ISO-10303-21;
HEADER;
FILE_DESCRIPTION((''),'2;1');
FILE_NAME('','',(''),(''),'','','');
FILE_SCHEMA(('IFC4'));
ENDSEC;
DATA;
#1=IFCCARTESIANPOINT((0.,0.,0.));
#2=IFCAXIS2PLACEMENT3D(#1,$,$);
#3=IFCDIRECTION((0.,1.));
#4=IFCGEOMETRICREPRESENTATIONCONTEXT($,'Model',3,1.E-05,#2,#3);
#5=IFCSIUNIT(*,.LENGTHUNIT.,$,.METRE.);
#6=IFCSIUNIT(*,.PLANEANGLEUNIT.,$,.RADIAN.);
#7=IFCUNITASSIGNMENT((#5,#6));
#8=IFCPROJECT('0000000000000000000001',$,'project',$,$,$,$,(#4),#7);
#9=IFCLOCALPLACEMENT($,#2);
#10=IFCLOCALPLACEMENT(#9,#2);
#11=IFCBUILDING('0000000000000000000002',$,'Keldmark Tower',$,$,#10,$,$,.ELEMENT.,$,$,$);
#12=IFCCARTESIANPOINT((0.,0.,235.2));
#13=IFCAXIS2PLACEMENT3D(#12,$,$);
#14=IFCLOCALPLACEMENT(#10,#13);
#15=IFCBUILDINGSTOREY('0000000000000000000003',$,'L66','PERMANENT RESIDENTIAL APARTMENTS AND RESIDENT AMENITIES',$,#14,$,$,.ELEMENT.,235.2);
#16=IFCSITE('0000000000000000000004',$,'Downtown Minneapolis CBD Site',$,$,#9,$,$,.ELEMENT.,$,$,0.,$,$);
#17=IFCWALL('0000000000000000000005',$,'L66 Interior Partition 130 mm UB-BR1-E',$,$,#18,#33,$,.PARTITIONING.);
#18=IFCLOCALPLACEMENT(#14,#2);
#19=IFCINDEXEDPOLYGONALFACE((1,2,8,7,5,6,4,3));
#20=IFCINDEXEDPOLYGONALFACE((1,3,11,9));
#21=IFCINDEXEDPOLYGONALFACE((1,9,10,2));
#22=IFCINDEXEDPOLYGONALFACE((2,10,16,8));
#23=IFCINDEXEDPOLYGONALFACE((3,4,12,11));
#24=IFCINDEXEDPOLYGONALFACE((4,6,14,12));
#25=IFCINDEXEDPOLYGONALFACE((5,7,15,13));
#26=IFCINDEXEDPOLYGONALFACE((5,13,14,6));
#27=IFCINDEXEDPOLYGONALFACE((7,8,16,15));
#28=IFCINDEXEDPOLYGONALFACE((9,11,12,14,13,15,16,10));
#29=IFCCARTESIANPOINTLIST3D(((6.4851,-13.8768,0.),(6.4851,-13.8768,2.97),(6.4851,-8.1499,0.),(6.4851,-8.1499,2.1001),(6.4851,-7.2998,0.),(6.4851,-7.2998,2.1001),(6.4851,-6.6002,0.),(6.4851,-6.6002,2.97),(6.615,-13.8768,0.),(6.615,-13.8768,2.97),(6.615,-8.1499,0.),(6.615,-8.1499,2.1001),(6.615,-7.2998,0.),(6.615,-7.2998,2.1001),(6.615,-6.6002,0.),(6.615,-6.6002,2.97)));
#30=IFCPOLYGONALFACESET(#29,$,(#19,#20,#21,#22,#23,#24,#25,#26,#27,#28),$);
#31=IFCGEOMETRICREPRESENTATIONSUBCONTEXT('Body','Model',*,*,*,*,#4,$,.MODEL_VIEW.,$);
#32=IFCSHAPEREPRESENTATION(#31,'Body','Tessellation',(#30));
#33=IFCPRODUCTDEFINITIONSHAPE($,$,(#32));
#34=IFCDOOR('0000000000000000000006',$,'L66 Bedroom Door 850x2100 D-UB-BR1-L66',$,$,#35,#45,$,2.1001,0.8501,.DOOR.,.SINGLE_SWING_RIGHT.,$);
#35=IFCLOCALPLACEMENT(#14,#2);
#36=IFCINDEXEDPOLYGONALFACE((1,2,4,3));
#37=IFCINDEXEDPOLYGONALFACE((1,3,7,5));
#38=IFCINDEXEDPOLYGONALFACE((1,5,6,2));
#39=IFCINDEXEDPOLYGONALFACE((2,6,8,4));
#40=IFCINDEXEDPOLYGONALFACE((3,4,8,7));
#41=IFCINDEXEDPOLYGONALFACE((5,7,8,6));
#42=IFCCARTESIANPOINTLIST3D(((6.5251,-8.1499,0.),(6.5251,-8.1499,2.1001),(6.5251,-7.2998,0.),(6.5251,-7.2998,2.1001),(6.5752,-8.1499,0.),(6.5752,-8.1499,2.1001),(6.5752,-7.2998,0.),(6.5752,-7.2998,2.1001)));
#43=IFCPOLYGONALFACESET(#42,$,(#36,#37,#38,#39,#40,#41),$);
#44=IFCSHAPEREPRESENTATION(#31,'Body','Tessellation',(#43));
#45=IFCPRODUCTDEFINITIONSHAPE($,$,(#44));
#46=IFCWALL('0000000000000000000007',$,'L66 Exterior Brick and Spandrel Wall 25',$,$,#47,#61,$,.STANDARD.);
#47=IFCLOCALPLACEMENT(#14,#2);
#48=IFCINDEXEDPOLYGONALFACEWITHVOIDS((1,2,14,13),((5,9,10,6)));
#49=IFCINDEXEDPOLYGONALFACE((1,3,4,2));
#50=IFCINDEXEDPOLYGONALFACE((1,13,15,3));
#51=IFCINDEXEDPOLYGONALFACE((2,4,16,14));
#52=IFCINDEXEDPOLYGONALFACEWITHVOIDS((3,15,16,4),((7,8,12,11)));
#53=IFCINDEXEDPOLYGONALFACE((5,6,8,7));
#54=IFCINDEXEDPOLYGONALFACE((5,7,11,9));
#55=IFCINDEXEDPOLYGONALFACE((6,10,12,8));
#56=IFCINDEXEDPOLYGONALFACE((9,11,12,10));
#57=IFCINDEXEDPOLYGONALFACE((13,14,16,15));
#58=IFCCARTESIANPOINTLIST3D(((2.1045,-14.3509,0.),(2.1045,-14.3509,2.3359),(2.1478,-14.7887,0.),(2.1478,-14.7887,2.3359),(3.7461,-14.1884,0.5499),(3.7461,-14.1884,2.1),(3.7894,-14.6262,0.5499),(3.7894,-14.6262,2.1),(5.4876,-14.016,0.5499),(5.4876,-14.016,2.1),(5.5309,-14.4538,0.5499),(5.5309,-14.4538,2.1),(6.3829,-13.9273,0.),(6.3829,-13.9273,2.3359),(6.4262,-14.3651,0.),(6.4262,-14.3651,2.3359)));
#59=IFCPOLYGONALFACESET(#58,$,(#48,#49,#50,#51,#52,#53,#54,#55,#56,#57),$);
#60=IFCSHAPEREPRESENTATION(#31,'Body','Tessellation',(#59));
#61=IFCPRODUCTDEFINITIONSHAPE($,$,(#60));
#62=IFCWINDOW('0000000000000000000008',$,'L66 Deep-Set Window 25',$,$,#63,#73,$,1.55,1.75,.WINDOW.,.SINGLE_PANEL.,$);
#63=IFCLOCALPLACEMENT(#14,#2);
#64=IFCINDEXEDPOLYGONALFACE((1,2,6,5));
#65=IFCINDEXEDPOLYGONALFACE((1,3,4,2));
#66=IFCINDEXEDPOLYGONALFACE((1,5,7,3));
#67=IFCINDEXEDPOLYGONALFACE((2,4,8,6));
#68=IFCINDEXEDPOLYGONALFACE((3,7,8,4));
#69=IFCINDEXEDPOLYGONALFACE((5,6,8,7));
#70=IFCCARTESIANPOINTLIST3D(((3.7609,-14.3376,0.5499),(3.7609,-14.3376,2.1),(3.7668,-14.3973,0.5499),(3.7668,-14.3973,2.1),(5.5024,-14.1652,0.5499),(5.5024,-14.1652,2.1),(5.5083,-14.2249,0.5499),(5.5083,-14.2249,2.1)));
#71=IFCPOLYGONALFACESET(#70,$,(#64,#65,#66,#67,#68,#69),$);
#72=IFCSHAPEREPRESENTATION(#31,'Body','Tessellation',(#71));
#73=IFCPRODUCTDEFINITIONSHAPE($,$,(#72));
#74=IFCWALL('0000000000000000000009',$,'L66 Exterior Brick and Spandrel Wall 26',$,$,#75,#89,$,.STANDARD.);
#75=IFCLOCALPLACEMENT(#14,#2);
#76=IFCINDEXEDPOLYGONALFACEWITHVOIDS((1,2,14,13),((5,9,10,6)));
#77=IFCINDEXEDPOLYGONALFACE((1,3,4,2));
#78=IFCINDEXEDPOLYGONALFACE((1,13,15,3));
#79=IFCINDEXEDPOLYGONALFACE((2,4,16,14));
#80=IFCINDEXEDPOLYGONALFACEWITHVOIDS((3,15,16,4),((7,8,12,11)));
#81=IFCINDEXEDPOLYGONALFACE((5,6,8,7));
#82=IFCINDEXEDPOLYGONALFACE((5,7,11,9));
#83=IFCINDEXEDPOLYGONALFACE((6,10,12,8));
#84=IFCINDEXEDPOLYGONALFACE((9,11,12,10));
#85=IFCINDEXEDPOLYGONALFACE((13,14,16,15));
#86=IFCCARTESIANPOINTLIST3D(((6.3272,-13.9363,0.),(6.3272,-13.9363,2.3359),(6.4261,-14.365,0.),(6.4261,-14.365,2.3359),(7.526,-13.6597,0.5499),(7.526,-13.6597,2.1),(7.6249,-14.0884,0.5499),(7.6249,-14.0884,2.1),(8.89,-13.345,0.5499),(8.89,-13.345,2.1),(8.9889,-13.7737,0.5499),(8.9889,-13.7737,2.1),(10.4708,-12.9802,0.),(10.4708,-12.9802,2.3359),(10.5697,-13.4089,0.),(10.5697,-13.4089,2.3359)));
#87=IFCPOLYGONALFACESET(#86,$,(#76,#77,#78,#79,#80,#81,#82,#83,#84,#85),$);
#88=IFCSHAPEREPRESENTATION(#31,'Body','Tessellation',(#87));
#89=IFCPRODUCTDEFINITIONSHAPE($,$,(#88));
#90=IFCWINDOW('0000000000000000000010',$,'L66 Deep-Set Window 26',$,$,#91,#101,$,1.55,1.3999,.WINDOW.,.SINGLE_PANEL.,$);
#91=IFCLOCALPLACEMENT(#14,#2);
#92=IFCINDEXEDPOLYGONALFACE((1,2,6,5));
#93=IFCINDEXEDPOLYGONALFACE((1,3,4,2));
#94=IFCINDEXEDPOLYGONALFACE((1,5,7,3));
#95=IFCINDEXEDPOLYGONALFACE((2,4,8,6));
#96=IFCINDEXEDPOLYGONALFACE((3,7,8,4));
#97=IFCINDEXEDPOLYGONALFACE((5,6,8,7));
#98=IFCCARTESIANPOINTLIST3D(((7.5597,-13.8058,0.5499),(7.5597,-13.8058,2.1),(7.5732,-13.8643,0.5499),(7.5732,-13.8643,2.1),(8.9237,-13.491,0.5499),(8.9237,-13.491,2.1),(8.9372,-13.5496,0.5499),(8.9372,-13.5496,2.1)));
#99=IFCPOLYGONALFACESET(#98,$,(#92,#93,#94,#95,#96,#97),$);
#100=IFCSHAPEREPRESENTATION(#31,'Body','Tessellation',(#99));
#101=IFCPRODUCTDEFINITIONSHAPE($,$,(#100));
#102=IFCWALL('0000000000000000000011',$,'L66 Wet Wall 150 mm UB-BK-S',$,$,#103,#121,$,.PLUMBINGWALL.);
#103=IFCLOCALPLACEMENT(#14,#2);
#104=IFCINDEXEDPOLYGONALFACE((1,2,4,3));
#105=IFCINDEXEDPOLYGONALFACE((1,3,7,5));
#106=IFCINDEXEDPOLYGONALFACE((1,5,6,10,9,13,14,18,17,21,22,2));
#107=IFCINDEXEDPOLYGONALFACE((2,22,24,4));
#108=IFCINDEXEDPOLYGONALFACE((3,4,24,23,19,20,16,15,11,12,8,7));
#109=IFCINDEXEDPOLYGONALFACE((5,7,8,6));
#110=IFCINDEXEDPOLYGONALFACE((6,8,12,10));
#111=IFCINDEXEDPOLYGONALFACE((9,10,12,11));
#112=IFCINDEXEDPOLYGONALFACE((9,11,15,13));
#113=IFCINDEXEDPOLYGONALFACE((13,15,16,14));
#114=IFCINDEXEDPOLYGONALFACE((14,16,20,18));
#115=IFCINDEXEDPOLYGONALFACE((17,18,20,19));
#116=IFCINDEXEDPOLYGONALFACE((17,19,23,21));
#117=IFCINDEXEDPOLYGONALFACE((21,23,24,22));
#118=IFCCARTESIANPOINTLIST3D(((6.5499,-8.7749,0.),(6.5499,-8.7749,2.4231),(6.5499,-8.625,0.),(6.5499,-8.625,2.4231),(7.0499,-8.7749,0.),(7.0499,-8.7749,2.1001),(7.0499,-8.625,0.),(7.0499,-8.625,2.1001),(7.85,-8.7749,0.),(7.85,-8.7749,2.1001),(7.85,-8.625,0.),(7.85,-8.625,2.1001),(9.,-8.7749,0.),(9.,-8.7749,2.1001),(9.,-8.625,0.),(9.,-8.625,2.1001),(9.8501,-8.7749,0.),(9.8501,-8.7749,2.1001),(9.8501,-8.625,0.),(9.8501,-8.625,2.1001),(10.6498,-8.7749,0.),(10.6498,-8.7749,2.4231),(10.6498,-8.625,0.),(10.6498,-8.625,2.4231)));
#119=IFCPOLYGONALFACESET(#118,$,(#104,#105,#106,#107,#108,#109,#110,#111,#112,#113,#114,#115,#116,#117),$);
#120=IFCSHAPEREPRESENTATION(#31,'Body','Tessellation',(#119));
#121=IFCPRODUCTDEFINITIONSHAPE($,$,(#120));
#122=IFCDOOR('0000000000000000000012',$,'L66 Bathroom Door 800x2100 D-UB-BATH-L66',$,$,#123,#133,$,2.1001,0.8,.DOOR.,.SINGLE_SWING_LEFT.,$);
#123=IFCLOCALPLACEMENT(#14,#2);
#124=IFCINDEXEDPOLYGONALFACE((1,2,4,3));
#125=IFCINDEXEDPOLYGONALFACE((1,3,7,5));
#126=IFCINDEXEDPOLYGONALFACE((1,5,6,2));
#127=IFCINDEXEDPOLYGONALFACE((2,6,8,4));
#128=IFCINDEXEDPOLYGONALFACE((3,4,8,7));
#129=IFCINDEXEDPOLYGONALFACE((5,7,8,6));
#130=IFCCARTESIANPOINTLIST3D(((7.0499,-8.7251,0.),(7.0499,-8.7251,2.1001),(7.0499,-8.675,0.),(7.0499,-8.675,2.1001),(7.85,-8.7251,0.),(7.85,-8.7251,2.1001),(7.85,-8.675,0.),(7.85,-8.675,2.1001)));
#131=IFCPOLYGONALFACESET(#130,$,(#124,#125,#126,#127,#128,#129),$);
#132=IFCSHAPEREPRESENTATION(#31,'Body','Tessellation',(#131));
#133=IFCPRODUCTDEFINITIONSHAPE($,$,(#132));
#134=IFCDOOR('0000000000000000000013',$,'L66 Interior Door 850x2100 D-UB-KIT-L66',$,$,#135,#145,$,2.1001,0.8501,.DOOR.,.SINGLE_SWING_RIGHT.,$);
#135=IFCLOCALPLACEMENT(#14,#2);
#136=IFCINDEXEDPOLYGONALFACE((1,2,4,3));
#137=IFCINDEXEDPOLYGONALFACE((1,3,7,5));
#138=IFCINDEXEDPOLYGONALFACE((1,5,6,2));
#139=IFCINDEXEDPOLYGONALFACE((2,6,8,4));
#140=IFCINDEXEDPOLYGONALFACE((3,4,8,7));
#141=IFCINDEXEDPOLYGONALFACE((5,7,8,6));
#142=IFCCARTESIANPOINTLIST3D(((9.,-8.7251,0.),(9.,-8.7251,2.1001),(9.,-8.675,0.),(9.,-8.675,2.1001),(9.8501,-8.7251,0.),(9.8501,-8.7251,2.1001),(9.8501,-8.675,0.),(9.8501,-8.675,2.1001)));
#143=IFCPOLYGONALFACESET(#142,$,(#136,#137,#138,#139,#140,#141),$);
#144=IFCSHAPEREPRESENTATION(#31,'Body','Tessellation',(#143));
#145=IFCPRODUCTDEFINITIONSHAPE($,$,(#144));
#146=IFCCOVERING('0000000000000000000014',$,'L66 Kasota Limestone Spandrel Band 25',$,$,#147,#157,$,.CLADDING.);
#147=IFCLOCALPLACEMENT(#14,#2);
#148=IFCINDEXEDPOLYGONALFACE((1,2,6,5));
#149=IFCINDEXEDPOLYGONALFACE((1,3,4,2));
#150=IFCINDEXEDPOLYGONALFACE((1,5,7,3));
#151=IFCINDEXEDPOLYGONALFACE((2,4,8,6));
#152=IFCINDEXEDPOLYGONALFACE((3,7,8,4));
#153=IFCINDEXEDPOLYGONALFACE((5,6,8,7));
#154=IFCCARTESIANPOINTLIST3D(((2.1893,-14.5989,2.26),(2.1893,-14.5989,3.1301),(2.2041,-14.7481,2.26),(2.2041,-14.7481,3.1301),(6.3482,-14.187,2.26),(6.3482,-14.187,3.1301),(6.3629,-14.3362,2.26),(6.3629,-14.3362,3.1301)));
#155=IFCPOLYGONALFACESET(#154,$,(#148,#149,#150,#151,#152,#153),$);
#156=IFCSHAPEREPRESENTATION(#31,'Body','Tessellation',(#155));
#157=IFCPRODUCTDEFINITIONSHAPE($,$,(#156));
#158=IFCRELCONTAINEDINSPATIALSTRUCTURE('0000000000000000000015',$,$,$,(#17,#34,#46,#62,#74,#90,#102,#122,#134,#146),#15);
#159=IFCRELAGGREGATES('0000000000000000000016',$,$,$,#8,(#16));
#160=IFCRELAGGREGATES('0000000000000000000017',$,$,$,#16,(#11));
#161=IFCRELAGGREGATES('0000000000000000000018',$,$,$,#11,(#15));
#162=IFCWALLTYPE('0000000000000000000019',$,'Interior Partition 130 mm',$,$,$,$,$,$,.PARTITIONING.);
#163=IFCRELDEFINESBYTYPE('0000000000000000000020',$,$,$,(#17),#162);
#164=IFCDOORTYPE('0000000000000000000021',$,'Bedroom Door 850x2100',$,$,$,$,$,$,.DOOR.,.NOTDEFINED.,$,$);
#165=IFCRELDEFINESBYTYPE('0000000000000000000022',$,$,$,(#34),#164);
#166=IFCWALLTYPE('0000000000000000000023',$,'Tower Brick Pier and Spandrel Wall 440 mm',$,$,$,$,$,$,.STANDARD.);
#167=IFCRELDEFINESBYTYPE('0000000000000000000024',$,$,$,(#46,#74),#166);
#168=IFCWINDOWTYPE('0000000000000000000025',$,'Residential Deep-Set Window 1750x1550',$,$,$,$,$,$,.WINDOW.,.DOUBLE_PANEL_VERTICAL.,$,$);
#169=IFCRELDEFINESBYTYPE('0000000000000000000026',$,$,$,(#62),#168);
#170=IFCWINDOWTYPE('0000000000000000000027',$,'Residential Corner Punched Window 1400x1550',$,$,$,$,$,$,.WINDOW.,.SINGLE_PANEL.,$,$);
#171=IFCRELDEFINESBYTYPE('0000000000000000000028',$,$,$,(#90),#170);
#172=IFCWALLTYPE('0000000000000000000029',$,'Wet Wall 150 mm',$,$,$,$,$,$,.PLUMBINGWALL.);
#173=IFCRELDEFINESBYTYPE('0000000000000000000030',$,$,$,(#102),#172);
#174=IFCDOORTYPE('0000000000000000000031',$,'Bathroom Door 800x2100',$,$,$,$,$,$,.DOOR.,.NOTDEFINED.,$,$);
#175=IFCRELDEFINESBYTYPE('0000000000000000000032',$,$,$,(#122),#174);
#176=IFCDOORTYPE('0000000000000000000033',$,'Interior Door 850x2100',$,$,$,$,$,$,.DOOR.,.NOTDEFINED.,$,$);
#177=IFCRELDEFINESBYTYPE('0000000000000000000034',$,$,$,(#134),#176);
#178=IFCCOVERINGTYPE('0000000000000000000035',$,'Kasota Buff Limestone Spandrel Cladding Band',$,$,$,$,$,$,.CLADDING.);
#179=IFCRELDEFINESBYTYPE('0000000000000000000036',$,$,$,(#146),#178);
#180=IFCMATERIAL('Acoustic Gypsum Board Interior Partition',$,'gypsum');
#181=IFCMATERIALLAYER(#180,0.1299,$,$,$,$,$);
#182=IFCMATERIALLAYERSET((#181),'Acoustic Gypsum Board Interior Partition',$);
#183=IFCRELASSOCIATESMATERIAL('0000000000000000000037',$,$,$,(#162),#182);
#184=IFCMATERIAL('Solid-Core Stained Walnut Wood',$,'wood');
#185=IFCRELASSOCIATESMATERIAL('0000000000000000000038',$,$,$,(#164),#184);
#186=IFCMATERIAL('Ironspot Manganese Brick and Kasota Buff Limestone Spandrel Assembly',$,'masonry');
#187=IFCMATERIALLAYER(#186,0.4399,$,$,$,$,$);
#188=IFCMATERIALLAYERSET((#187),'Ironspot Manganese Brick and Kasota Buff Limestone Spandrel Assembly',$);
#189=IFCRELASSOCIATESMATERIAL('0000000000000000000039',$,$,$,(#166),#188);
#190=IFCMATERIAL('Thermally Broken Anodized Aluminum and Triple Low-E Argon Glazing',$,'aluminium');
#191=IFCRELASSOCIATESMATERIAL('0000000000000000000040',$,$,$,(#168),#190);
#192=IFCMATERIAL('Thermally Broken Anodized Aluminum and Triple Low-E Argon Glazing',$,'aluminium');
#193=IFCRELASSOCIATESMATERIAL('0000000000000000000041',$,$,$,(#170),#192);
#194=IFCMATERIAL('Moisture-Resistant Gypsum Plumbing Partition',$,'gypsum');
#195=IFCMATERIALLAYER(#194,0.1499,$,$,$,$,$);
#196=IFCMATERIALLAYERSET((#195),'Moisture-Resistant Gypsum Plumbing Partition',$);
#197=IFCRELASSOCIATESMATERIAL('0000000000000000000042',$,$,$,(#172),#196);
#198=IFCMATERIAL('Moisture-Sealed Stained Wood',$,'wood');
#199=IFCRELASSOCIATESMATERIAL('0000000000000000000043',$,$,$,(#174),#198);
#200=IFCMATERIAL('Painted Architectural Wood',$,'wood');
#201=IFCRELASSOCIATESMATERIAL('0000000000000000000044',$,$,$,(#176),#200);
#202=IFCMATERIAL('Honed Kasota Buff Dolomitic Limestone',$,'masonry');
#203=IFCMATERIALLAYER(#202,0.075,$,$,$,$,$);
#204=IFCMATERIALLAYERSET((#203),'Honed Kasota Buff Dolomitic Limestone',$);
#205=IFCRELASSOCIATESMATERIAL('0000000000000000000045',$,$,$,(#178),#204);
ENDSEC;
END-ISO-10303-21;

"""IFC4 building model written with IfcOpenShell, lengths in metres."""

from ifc_helpers import new_model, si_unit, direction, frame, frame_2d, origin, origin_2d, place, context, subcontext, project, spatial, rectangle, extrude, material, layer, layer_set, type_object, element, fill, save


model = new_model("IFC4")

# Units and contexts
model_context = context("Model", 3, precision=1e-05, world=origin(), true_north=direction((0.0, 1.0)))
body_context = subcontext(model_context, "Body", "Model", "MODEL_VIEW")
ifc_project = project(units=[si_unit("LENGTHUNIT", "METRE"), si_unit("PLANEANGLEUNIT", "RADIAN")], contexts=[model_context])

# Site, building, storey
site_placement = place(None, origin())
site = spatial("IfcSite", under=ifc_project, at=site_placement, Name="Downtown Minneapolis CBD Site", CompositionType="ELEMENT", RefElevation=0.0)
building_placement = place(site_placement, origin())
building = spatial("IfcBuilding", under=site, at=building_placement, Name="Keldmark Tower", CompositionType="ELEMENT")
storey_placement = place(building_placement, frame((0.0, 0.0, 235.2)))
storey = spatial("IfcBuildingStorey", under=building, at=storey_placement, Name="L66", Description="PERMANENT RESIDENTIAL APARTMENTS AND RESIDENT AMENITIES", CompositionType="ELEMENT", Elevation=235.2)

# Wall, opening, door
ifc_material_1 = material(Name="Acoustic Gypsum Board Interior Partition", Category="gypsum")
ifc_layer_1 = layer(ifc_material_1, 0.1299)
ifc_layer_set_1 = layer_set([ifc_layer_1], Name="Acoustic Gypsum Board Interior Partition")
wall_type_1 = type_object("IfcWallType", Name="Interior Partition 130 mm", PredefinedType="PARTITIONING", material=ifc_layer_set_1)
wall_1_placement = place(storey_placement, frame((6.55, -13.8767, 0.0), z_axis=(0.0, 0.0, 1.0), x_axis=(0.0, 1.0, 0.0)))
wall_1 = element("IfcWall", 1, at=wall_1_placement, inside=storey, type_object=wall_type_1, Name="L66 Interior Partition 130 mm UB-BR1-E", PredefinedType="PARTITIONING", context=body_context, shape_type="SweptSolid", body=[
    extrude(rectangle(XDim=7.2766, YDim=0.1299, at=frame_2d((3.6382, 0.0))), origin(), (0.0, 0.0, 1.0), 2.97),
])
opening_1_placement = place(wall_1_placement, frame((5.7268, 0.0, 0.0)))
opening_1 = element("IfcOpeningElement", 2, at=opening_1_placement, cuts=wall_1, PredefinedType="OPENING", context=body_context, shape_type="SweptSolid", body=[
    extrude(rectangle(XDim=0.8501, YDim=2.1001, at=frame_2d((0.425, 1.05))), frame((0.0, 0.075, 0.0), z_axis=(0.0, -1.0, 0.0), x_axis=(1.0, 0.0, 0.0)), (0.0, 0.0, 1.0), 0.1499),
])
ifc_material_2 = material(Name="Solid-Core Stained Walnut Wood", Category="wood")
door_type_1 = type_object("IfcDoorType", Name="Bedroom Door 850x2100", OperationType="NOTDEFINED", PredefinedType="DOOR", material=ifc_material_2)
door_1_placement = place(opening_1_placement, origin())
door_1 = element("IfcDoor", 3, at=door_1_placement, inside=storey, type_object=door_type_1, Name="L66 Bedroom Door 850x2100 D-UB-BR1-L66", OperationType="SINGLE_SWING_RIGHT", OverallHeight=2.1001, OverallWidth=0.8501, PredefinedType="DOOR", context=body_context, shape_type="SweptSolid", body=[
    extrude(rectangle(XDim=0.8501, YDim=2.1001, at=frame_2d((0.425, 1.05))), frame((0.0, 0.0249, 0.0), z_axis=(0.0, -1.0, 0.0), x_axis=(1.0, 0.0, 0.0)), (0.0, 0.0, 1.0), 0.05),
])
fill(opening_1, door_1)

# Walls, openings, windows
ifc_material_3 = material(Name="Ironspot Manganese Brick and Kasota Buff Limestone Spandrel Assembly", Category="masonry")
ifc_layer_2 = layer(ifc_material_3, 0.4399)
ifc_layer_set_2 = layer_set([ifc_layer_2], Name="Ironspot Manganese Brick and Kasota Buff Limestone Spandrel Assembly")
wall_type_2 = type_object("IfcWallType", Name="Tower Brick Pier and Spandrel Wall 440 mm", PredefinedType="STANDARD", material=ifc_layer_set_2)
wall_2_placement = place(storey_placement, frame((6.4045, -14.1462, 0.0), z_axis=(0.0, 0.0, 1.0), x_axis=(-0.995135, -0.098525, 0.0)))
wall_2 = element("IfcWall", 4, at=wall_2_placement, inside=storey, type_object=wall_type_2, Name="L66 Exterior Brick and Spandrel Wall 25", PredefinedType="STANDARD", context=body_context, shape_type="SweptSolid", body=[
    extrude(rectangle(XDim=4.2993, YDim=0.4399, at=frame_2d((2.1497, 0.0))), origin(), (0.0, 0.0, 1.0), 2.3359),
])
opening_2_placement = place(wall_2_placement, frame((0.8997, 0.0, 0.55)))
opening_2 = element("IfcOpeningElement", 5, at=opening_2_placement, cuts=wall_2, PredefinedType="OPENING", context=body_context, shape_type="SweptSolid", body=[
    extrude(rectangle(XDim=1.75, YDim=1.55, at=frame_2d((0.875, 0.7749))), frame((0.0, 0.23, 0.0), z_axis=(0.0, -1.0, 0.0), x_axis=(1.0, 0.0, 0.0)), (0.0, 0.0, 1.0), 0.46),
])
ifc_material_4 = material(Name="Thermally Broken Anodized Aluminum and Triple Low-E Argon Glazing", Category="aluminium")
window_type_1 = type_object("IfcWindowType", Name="Residential Deep-Set Window 1750x1550", PartitioningType="DOUBLE_PANEL_VERTICAL", PredefinedType="WINDOW", material=ifc_material_4)
window_1_placement = place(opening_2_placement, origin())
window_1 = element("IfcWindow", 6, at=window_1_placement, inside=storey, type_object=window_type_1, Name="L66 Deep-Set Window 25", OverallHeight=1.55, OverallWidth=1.75, PartitioningType="SINGLE_PANEL", PredefinedType="WINDOW", context=body_context, shape_type="SweptSolid", body=[
    extrude(rectangle(XDim=1.75, YDim=1.55, at=frame_2d((0.875, 0.7749))), frame((0.0, -0.01, 0.0), z_axis=(0.0, -1.0, 0.0), x_axis=(1.0, 0.0, 0.0)), (0.0, 0.0, 1.0), 0.0601),
])
fill(opening_2, window_1)
wall_3_placement = place(storey_placement, frame((10.5203, -13.1946, 0.0), z_axis=(0.0, 0.0, 1.0), x_axis=(-0.974399, -0.224826, 0.0)))
wall_3 = element("IfcWall", 7, at=wall_3_placement, inside=storey, type_object=wall_type_2, Name="L66 Exterior Brick and Spandrel Wall 26", PredefinedType="STANDARD", context=body_context, shape_type="SweptSolid", body=[
    extrude(rectangle(XDim=4.2524, YDim=0.4399, at=frame_2d((2.1262, 0.0))), origin(), (0.0, 0.0, 1.0), 2.3359),
])
opening_3_placement = place(wall_3_placement, frame((1.6223, 0.0, 0.55)))
opening_3 = element("IfcOpeningElement", 8, at=opening_3_placement, cuts=wall_3, PredefinedType="OPENING", context=body_context, shape_type="SweptSolid", body=[
    extrude(rectangle(XDim=1.3999, YDim=1.55, at=frame_2d((0.7, 0.7749))), frame((0.0, 0.23, 0.0), z_axis=(0.0, -1.0, 0.0), x_axis=(1.0, 0.0, 0.0)), (0.0, 0.0, 1.0), 0.46),
])
ifc_material_5 = material(Name="Thermally Broken Anodized Aluminum and Triple Low-E Argon Glazing", Category="aluminium")
window_type_2 = type_object("IfcWindowType", Name="Residential Corner Punched Window 1400x1550", PartitioningType="SINGLE_PANEL", PredefinedType="WINDOW", material=ifc_material_5)
window_2_placement = place(opening_3_placement, origin())
window_2 = element("IfcWindow", 9, at=window_2_placement, inside=storey, type_object=window_type_2, Name="L66 Deep-Set Window 26", OverallHeight=1.55, OverallWidth=1.3999, PartitioningType="SINGLE_PANEL", PredefinedType="WINDOW", context=body_context, shape_type="SweptSolid", body=[
    extrude(rectangle(XDim=1.3999, YDim=1.55, at=frame_2d((0.7, 0.7749))), frame((0.0, -0.01, 0.0), z_axis=(0.0, -1.0, 0.0), x_axis=(1.0, 0.0, 0.0)), (0.0, 0.0, 1.0), 0.0601),
])
fill(opening_3, window_2)

# Wall, openings, doors
ifc_material_6 = material(Name="Moisture-Resistant Gypsum Plumbing Partition", Category="gypsum")
ifc_layer_3 = layer(ifc_material_6, 0.1499)
ifc_layer_set_3 = layer_set([ifc_layer_3], Name="Moisture-Resistant Gypsum Plumbing Partition")
wall_type_3 = type_object("IfcWallType", Name="Wet Wall 150 mm", PredefinedType="PLUMBINGWALL", material=ifc_layer_set_3)
wall_4_placement = place(storey_placement, frame((6.55, -8.7, 0.0), z_axis=(0.0, 0.0, 1.0), x_axis=(1.0, 0.0, 0.0)))
wall_4 = element("IfcWall", 10, at=wall_4_placement, inside=storey, type_object=wall_type_3, Name="L66 Wet Wall 150 mm UB-BK-S", PredefinedType="PLUMBINGWALL", context=body_context, shape_type="SweptSolid", body=[
    extrude(rectangle(XDim=4.0999, YDim=0.1499, at=frame_2d((2.0498, 0.0))), origin(), (0.0, 0.0, 1.0), 2.4231),
])
opening_4_placement = place(wall_4_placement, frame((0.5, 0.0, 0.0)))
opening_4 = element("IfcOpeningElement", 11, at=opening_4_placement, cuts=wall_4, PredefinedType="OPENING", context=body_context, shape_type="SweptSolid", body=[
    extrude(rectangle(XDim=0.8, YDim=2.1001, at=frame_2d((0.3999, 1.05))), frame((0.0, 0.085, 0.0), z_axis=(0.0, -1.0, 0.0), x_axis=(1.0, 0.0, 0.0)), (0.0, 0.0, 1.0), 0.1699),
])
opening_5_placement = place(wall_4_placement, frame((2.45, 0.0, 0.0)))
opening_5 = element("IfcOpeningElement", 12, at=opening_5_placement, cuts=wall_4, PredefinedType="OPENING", context=body_context, shape_type="SweptSolid", body=[
    extrude(rectangle(XDim=0.8501, YDim=2.1001, at=frame_2d((0.425, 1.05))), frame((0.0, 0.085, 0.0), z_axis=(0.0, -1.0, 0.0), x_axis=(1.0, 0.0, 0.0)), (0.0, 0.0, 1.0), 0.1699),
])
ifc_material_7 = material(Name="Moisture-Sealed Stained Wood", Category="wood")
door_type_2 = type_object("IfcDoorType", Name="Bathroom Door 800x2100", OperationType="NOTDEFINED", PredefinedType="DOOR", material=ifc_material_7)
door_2_placement = place(opening_4_placement, origin())
door_2 = element("IfcDoor", 13, at=door_2_placement, inside=storey, type_object=door_type_2, Name="L66 Bathroom Door 800x2100 D-UB-BATH-L66", OperationType="SINGLE_SWING_LEFT", OverallHeight=2.1001, OverallWidth=0.8, PredefinedType="DOOR", context=body_context, shape_type="SweptSolid", body=[
    extrude(rectangle(XDim=0.8, YDim=2.1001, at=frame_2d((0.3999, 1.05))), frame((0.0, 0.0249, 0.0), z_axis=(0.0, -1.0, 0.0), x_axis=(1.0, 0.0, 0.0)), (0.0, 0.0, 1.0), 0.05),
])
fill(opening_4, door_2)
ifc_material_8 = material(Name="Painted Architectural Wood", Category="wood")
door_type_3 = type_object("IfcDoorType", Name="Interior Door 850x2100", OperationType="NOTDEFINED", PredefinedType="DOOR", material=ifc_material_8)
door_3_placement = place(opening_5_placement, origin())
door_3 = element("IfcDoor", 14, at=door_3_placement, inside=storey, type_object=door_type_3, Name="L66 Interior Door 850x2100 D-UB-KIT-L66", OperationType="SINGLE_SWING_RIGHT", OverallHeight=2.1001, OverallWidth=0.8501, PredefinedType="DOOR", context=body_context, shape_type="SweptSolid", body=[
    extrude(rectangle(XDim=0.8501, YDim=2.1001, at=frame_2d((0.425, 1.05))), frame((0.0, 0.0249, 0.0), z_axis=(0.0, -1.0, 0.0), x_axis=(1.0, 0.0, 0.0)), (0.0, 0.0, 1.0), 0.05),
])
fill(opening_5, door_3)

# Covering
ifc_material_9 = material(Name="Honed Kasota Buff Dolomitic Limestone", Category="masonry")
ifc_layer_4 = layer(ifc_material_9, 0.075)
ifc_layer_set_4 = layer_set([ifc_layer_4], Name="Honed Kasota Buff Dolomitic Limestone")
covering_type = type_object("IfcCoveringType", Name="Kasota Buff Limestone Spandrel Cladding Band", PredefinedType="CLADDING", material=ifc_layer_set_4)
covering_placement = place(storey_placement, frame((4.2761, -14.4675, 2.26), z_axis=(0.0, 0.0, 1.0), x_axis=(0.995132, 0.098556, 0.0)))
element("IfcCovering", 15, at=covering_placement, inside=storey, type_object=covering_type, Name="L66 Kasota Limestone Spandrel Band 25", PredefinedType="CLADDING", context=body_context, shape_type="SweptSolid", body=[
    extrude(rectangle(XDim=4.1792, YDim=0.1499, at=origin_2d()), origin(), (0.0, 0.0, 1.0), 0.8701),
])

save(model, "model.ifc")
